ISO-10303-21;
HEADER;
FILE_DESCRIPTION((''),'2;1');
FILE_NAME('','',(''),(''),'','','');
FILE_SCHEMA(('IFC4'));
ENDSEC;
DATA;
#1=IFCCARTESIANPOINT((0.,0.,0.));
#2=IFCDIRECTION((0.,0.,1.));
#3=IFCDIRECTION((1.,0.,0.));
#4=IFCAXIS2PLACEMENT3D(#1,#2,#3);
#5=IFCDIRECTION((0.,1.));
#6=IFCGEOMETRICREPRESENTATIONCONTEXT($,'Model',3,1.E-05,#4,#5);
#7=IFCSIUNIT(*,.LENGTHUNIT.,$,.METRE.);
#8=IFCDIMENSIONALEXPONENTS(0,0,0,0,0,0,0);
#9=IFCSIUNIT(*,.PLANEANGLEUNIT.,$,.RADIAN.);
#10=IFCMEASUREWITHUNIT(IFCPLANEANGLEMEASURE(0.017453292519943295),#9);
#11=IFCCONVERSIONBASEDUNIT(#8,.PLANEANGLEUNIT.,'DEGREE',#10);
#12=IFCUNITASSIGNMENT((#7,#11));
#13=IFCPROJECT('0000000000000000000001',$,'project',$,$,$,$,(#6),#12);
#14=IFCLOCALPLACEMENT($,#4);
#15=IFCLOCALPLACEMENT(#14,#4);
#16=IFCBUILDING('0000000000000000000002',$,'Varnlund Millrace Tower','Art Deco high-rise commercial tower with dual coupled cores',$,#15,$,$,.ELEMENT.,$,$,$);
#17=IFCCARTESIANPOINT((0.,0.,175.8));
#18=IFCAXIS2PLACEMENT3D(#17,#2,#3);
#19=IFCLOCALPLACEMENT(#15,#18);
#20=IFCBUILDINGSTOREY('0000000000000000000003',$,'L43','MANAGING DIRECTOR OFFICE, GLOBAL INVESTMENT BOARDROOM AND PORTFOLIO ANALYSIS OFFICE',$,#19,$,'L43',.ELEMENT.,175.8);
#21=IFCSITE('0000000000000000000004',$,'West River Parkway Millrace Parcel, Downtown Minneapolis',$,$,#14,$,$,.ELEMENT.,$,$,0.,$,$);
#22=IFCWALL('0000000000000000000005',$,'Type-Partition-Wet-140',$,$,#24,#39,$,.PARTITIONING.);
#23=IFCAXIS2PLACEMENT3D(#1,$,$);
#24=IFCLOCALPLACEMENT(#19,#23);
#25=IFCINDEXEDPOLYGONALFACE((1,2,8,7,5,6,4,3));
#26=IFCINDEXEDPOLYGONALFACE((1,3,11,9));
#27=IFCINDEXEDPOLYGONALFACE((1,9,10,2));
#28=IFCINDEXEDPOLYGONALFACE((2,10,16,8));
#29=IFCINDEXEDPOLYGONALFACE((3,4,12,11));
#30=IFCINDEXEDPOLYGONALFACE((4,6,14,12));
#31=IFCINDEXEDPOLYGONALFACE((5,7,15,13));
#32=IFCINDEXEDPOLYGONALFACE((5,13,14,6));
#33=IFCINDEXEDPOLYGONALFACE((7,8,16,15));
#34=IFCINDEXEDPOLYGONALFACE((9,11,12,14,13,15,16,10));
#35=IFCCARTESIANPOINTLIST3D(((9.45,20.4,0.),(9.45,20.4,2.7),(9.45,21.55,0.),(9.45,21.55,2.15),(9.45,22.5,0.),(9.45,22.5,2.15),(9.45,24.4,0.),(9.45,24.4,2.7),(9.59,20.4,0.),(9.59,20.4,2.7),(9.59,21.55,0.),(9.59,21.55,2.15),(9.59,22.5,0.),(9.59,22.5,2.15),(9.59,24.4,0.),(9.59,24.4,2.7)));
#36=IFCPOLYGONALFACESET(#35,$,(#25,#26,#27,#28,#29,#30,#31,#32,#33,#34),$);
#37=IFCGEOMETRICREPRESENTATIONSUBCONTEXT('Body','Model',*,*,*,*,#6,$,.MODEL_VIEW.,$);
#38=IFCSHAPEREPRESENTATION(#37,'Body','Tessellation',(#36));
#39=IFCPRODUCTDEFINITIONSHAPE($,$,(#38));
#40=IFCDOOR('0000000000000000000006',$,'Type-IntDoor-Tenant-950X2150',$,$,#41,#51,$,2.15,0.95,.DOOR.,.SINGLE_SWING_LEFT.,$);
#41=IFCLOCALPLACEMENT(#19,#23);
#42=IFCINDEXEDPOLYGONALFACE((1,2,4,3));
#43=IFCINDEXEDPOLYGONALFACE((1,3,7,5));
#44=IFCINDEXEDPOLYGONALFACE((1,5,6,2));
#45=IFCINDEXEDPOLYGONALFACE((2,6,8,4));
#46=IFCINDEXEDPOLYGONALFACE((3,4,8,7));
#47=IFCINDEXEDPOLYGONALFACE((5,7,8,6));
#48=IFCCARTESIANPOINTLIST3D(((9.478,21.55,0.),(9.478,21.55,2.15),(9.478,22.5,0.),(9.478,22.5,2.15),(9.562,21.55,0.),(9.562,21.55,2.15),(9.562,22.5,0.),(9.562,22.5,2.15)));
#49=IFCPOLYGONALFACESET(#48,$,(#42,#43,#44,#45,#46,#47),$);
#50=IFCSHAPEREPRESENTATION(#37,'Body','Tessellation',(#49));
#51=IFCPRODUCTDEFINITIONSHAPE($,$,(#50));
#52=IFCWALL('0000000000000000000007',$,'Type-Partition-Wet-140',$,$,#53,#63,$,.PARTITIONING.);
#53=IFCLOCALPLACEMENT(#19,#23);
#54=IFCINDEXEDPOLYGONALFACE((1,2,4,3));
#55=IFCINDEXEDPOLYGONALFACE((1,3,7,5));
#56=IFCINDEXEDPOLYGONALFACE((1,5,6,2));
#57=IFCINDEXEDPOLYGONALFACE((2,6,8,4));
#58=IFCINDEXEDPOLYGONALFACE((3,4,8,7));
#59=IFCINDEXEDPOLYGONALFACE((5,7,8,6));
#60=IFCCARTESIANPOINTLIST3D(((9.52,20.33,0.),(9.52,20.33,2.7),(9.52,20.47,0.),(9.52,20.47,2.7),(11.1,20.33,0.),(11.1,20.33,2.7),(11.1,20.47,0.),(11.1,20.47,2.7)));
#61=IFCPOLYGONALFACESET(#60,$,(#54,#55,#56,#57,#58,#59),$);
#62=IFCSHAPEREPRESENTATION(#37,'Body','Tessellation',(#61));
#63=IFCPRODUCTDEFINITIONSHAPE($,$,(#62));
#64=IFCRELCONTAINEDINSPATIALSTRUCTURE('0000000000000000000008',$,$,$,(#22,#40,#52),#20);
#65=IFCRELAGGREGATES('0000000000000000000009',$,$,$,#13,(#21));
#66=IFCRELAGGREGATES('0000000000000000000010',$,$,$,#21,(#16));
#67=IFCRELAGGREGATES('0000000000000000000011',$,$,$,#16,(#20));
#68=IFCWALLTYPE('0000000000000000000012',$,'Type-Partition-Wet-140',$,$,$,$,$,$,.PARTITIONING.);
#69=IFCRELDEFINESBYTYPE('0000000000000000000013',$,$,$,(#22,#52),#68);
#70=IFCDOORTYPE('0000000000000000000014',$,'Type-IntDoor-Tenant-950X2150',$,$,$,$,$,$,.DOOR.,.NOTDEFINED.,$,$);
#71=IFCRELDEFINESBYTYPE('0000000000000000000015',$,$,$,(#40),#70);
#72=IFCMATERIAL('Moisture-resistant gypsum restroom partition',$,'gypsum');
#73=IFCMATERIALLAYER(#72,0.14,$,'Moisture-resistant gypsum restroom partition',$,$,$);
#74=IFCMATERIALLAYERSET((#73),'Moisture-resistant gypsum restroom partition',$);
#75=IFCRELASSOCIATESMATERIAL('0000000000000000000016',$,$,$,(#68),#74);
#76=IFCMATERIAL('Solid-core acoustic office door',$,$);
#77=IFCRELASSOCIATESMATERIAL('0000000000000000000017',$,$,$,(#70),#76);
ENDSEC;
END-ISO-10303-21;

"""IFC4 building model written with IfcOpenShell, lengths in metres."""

from ifc_helpers import new_model, entity, si_unit, converted_unit, direction, frame, origin_with_axes, origin_2d_with_axis, place, context, subcontext, project, spatial, polyline, rectangle, outline, extrude, material, layer, layer_set, type_object, element, fill, save


model = new_model("IFC4")

# Units and contexts
model_context = context("Model", 3, precision=1e-05, world=origin_with_axes(), true_north=direction((0.0, 1.0)))
body_context = subcontext(model_context, "Body", "Model", "MODEL_VIEW")
ifc_project = project(units=[si_unit("LENGTHUNIT", "METRE"), converted_unit("PLANEANGLEUNIT", "DEGREE", entity("IfcPlaneAngleMeasure", 0.017453292519943295), si_unit("PLANEANGLEUNIT", "RADIAN"), dimensions=[0, 0, 0, 0, 0, 0, 0])], contexts=[model_context])

# Site, building, storey
site_placement = place(None, origin_with_axes())
site = spatial("IfcSite", under=ifc_project, at=site_placement, Name="West River Parkway Millrace Parcel, Downtown Minneapolis", CompositionType="ELEMENT", RefElevation=0.0)
building_placement = place(site_placement, origin_with_axes())
building = spatial("IfcBuilding", under=site, at=building_placement, Name="Varnlund Millrace Tower", Description="Art Deco high-rise commercial tower with dual coupled cores", CompositionType="ELEMENT")
storey_placement = place(building_placement, frame((0.0, 0.0, 175.8), z_axis=(0.0, 0.0, 1.0), x_axis=(1.0, 0.0, 0.0)))
storey = spatial("IfcBuildingStorey", under=building, at=storey_placement, Name="L43", Description="MANAGING DIRECTOR OFFICE, GLOBAL INVESTMENT BOARDROOM AND PORTFOLIO ANALYSIS OFFICE", LongName="L43", CompositionType="ELEMENT", Elevation=175.8)

# Wall, opening, door
ifc_material_1 = material(Name="Moisture-resistant gypsum restroom partition", Category="gypsum")
ifc_layer_1 = layer(ifc_material_1, 0.14, Name="Moisture-resistant gypsum restroom partition")
ifc_layer_set_1 = layer_set([ifc_layer_1], Name="Moisture-resistant gypsum restroom partition")
wall_type_1 = type_object("IfcWallType", Name="Type-Partition-Wet-140", PredefinedType="PARTITIONING", material=ifc_layer_set_1)
wall_1_placement = place(storey_placement, frame((9.52, 20.4, 0.0), z_axis=(0.0, 0.0, 1.0), x_axis=(0.0, 1.0, 0.0)))
wall_1 = element("IfcWall", 1, at=wall_1_placement, inside=storey, type_object=wall_type_1, Name="Type-Partition-Wet-140", PredefinedType="PARTITIONING", context=body_context, shape_type="SweptSolid", body=[
    extrude(outline(polyline([(0.0, -0.07), (4.0, -0.07), (4.0, 0.07), (0.0, 0.07), (0.0, -0.07)])), origin_with_axes(), (0.0, 0.0, 1.0), 2.7),
])
opening_1_placement = place(wall_1_placement, frame((1.625, 0.0, 0.0), z_axis=(0.0, 0.0, 1.0), x_axis=(1.0, 0.0, 0.0)))
opening_1 = element("IfcOpeningElement", 2, at=opening_1_placement, cuts=wall_1, PredefinedType="OPENING", context=body_context, shape_type="SweptSolid", body=[
    extrude(rectangle(XDim=0.95, YDim=0.16, at=origin_2d_with_axis()), origin_with_axes(), (0.0, 0.0, 1.0), 2.15),
])
ifc_material_2 = material(Name="Solid-core acoustic office door")
door_type_1 = type_object("IfcDoorType", Name="Type-IntDoor-Tenant-950X2150", OperationType="NOTDEFINED", PredefinedType="DOOR", material=ifc_material_2)
door_1_placement = place(wall_1_placement, frame((1.625, 0.0, 0.0), z_axis=(0.0, 0.0, 1.0), x_axis=(1.0, 0.0, 0.0)))
door_1 = element("IfcDoor", 3, at=door_1_placement, inside=storey, type_object=door_type_1, Name="Type-IntDoor-Tenant-950X2150", OperationType="SINGLE_SWING_LEFT", OverallHeight=2.15, OverallWidth=0.95, PredefinedType="DOOR", context=body_context, shape_type="SweptSolid", body=[
    extrude(rectangle(XDim=0.95, YDim=0.084, at=origin_2d_with_axis()), origin_with_axes(), (0.0, 0.0, 1.0), 2.15),
])
fill(opening_1, door_1)

# Wall
wall_2_placement = place(storey_placement, frame((9.52, 20.4, 0.0), z_axis=(0.0, 0.0, 1.0), x_axis=(1.0, 0.0, 0.0)))
element("IfcWall", 4, at=wall_2_placement, inside=storey, type_object=wall_type_1, Name="Type-Partition-Wet-140", PredefinedType="PARTITIONING", context=body_context, shape_type="SweptSolid", body=[
    extrude(outline(polyline([(0.0, -0.07), (1.58, -0.07), (1.58, 0.07), (0.0, 0.07), (0.0, -0.07)])), origin_with_axes(), (0.0, 0.0, 1.0), 2.7),
])

save(model, "model.ifc")
